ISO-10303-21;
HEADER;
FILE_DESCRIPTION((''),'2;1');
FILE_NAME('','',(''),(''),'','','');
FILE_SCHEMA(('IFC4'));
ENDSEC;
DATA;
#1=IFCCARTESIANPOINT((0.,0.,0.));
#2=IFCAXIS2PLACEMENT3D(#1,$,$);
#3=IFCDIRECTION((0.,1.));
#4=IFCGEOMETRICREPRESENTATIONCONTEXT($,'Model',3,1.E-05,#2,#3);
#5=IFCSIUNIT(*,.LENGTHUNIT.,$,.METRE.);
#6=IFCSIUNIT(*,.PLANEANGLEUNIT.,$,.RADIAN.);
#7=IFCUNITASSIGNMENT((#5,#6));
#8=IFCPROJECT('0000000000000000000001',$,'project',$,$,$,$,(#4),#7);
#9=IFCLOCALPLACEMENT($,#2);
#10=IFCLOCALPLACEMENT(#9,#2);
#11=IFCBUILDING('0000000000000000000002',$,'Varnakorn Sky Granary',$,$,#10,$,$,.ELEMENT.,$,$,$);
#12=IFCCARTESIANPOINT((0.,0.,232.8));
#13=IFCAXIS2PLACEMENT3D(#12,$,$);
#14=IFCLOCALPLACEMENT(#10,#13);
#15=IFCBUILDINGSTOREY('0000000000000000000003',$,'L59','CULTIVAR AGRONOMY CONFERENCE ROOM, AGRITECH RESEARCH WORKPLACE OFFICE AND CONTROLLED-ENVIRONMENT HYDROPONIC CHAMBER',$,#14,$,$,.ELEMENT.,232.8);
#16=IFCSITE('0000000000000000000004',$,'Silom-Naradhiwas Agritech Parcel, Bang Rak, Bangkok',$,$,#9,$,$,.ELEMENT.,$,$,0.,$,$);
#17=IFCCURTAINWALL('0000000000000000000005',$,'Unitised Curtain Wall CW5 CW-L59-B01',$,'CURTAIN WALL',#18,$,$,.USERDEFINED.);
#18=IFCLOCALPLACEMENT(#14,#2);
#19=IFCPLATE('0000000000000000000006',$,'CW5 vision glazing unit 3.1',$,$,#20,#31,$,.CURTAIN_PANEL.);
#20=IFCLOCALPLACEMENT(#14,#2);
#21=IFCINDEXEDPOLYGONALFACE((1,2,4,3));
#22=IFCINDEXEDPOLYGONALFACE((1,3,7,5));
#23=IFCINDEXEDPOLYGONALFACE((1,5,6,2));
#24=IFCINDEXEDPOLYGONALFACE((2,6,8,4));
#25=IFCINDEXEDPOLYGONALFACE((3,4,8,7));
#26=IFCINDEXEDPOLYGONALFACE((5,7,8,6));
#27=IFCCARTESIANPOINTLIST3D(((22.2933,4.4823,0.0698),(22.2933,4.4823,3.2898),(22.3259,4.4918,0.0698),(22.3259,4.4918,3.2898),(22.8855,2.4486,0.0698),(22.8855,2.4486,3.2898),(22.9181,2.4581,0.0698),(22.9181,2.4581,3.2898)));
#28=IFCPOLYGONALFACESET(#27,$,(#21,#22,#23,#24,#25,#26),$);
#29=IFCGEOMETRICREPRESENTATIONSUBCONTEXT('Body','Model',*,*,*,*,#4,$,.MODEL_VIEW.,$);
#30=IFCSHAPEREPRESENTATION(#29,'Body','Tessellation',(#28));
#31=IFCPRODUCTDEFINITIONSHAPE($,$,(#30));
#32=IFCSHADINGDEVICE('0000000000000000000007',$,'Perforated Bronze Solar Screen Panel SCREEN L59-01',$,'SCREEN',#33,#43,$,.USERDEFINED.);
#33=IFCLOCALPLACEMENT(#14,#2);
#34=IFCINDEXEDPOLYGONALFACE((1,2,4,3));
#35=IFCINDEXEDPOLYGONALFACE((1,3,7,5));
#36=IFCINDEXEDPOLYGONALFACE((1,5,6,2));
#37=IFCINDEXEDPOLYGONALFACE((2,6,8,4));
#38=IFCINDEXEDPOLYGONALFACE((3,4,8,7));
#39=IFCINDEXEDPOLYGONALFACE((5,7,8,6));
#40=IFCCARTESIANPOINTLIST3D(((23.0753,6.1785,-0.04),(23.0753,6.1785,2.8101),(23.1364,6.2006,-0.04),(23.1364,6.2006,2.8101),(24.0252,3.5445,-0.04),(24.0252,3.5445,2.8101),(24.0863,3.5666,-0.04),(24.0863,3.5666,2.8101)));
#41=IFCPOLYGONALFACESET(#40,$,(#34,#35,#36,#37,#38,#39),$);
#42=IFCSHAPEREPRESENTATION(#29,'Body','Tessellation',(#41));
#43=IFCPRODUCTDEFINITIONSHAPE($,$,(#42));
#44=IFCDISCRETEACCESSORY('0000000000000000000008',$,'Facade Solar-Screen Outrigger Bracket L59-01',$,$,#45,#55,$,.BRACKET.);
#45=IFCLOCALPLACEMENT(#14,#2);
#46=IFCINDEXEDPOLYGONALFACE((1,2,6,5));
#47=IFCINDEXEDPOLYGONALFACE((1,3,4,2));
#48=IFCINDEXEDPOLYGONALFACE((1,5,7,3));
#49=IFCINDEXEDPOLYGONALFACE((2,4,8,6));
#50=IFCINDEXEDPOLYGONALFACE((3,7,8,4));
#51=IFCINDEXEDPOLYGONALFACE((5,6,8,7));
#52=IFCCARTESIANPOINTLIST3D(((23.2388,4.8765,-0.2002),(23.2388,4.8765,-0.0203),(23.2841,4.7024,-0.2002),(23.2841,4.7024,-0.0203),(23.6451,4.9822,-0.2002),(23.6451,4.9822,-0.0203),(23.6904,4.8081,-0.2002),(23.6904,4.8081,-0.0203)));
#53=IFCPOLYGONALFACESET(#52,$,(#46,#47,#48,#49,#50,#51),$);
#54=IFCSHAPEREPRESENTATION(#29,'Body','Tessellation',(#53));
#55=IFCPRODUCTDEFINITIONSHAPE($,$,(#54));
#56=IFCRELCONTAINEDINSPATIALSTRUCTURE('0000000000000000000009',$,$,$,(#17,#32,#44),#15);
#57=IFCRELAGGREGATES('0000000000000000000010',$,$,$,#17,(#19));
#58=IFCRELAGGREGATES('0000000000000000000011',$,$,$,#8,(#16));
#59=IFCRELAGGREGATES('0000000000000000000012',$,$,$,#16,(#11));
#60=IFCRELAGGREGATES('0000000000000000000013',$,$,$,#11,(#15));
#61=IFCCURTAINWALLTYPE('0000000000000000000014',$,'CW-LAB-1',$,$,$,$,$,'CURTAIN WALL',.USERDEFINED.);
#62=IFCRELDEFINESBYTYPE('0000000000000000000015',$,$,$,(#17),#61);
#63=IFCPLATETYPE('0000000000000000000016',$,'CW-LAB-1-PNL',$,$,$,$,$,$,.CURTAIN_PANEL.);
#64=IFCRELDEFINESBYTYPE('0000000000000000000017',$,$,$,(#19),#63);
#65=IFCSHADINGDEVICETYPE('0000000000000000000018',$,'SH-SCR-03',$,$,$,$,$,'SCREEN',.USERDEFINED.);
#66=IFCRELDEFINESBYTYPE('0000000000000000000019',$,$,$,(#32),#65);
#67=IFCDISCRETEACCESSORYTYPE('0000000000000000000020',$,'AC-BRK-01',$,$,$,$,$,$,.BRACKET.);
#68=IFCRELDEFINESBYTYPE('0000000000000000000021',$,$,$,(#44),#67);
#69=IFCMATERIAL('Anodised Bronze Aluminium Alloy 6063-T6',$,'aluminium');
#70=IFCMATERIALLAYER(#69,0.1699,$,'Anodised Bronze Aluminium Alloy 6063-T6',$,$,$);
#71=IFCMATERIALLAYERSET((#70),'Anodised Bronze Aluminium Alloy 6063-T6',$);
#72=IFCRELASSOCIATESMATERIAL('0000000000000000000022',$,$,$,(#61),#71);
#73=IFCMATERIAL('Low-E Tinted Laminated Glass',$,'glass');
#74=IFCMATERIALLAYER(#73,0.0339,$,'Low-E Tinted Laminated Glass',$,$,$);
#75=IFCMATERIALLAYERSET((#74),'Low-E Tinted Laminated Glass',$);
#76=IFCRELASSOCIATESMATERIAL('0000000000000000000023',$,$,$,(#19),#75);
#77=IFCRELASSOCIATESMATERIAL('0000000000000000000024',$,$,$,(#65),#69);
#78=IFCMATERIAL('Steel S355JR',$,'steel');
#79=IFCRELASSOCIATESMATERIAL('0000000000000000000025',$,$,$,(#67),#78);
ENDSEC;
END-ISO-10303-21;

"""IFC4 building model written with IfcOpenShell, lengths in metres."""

from ifc_helpers import new_model, si_unit, direction, frame, origin, origin_2d, place, context, subcontext, project, spatial, rectangle, extrude, source, transform, mapped, material, layer, layer_set, type_object, type_shapes, element, aggregate, save


model = new_model("IFC4")

# Units and contexts
model_context = context("Model", 3, precision=1e-05, world=origin(), true_north=direction((0.0, 1.0)))
body_context = subcontext(model_context, "Body", "Model", "MODEL_VIEW")
ifc_project = project(units=[si_unit("LENGTHUNIT", "METRE"), si_unit("PLANEANGLEUNIT", "RADIAN")], contexts=[model_context])

# Site, building, storey
site_placement = place(None, origin())
site = spatial("IfcSite", under=ifc_project, at=site_placement, Name="Silom-Naradhiwas Agritech Parcel, Bang Rak, Bangkok", CompositionType="ELEMENT", RefElevation=0.0)
building_placement = place(site_placement, origin())
building = spatial("IfcBuilding", under=site, at=building_placement, Name="Varnakorn Sky Granary", CompositionType="ELEMENT")
storey_placement = place(building_placement, frame((0.0, 0.0, 232.8)))
storey = spatial("IfcBuildingStorey", under=building, at=storey_placement, Name="L59", Description="CULTIVAR AGRONOMY CONFERENCE ROOM, AGRITECH RESEARCH WORKPLACE OFFICE AND CONTROLLED-ENVIRONMENT HYDROPONIC CHAMBER", CompositionType="ELEMENT", Elevation=232.8)

# Curtain wall
ifc_material_1 = material(Name="Anodised Bronze Aluminium Alloy 6063-T6", Category="aluminium")
ifc_layer_1 = layer(ifc_material_1, 0.1699, Name="Anodised Bronze Aluminium Alloy 6063-T6")
ifc_layer_set_1 = layer_set([ifc_layer_1], Name="Anodised Bronze Aluminium Alloy 6063-T6")
curtain_wall_type = type_object("IfcCurtainWallType", Name="CW-LAB-1", ElementType="CURTAIN WALL", PredefinedType="USERDEFINED", material=ifc_layer_set_1)
curtain_wall_placement = place(storey_placement, origin())
curtain_wall = element("IfcCurtainWall", 1, at=curtain_wall_placement, inside=storey, type_object=curtain_wall_type, Name="Unitised Curtain Wall CW5 CW-L59-B01", ObjectType="CURTAIN WALL", PredefinedType="USERDEFINED")

# Plate
plate_type = type_object("IfcPlateType", Name="CW-LAB-1-PNL", PredefinedType="CURTAIN_PANEL")
ifc_material_2 = material(Name="Low-E Tinted Laminated Glass", Category="glass")
ifc_layer_2 = layer(ifc_material_2, 0.0339, Name="Low-E Tinted Laminated Glass")
ifc_layer_set_2 = layer_set([ifc_layer_2], Name="Low-E Tinted Laminated Glass")
shared_shape_1 = source(origin(), body_context, "Body", "SweptSolid", [
    extrude(rectangle(XDim=2.1182, YDim=0.0339, at=origin_2d()), origin(), (0.0, 0.0, 1.0), 3.22),
])
plate_1_placement = place(storey_placement, frame((22.6057, 3.4702, 0.0698), z_axis=(0.0, 0.0, 1.0), x_axis=(0.279559, -0.960129, 0.0)))
plate_1 = element("IfcPlate", 2, at=plate_1_placement, type_object=plate_type, material=ifc_layer_set_2, Name="CW5 vision glazing unit 3.1", PredefinedType="CURTAIN_PANEL", context=body_context, shape_type="MappedRepresentation", body=[
    mapped(shared_shape_1, transform((0.0, 0.0, 0.0), x_axis=(1.0, 0.0, 0.0), y_axis=(0.0, 1.0, 0.0), z_axis=(0.0, 0.0, 1.0), scale=1.0)),
])
aggregate(curtain_wall, [plate_1])

# Shading device
shading_device_type = type_object("IfcShadingDeviceType", Name="SH-SCR-03", ElementType="SCREEN", PredefinedType="USERDEFINED", material=ifc_material_1)
shared_shape_2 = source(origin(), body_context, "Body", "SweptSolid", [
    extrude(rectangle(XDim=2.8, YDim=0.0649, at=origin_2d()), origin(), (0.0, 0.0, 1.0), 2.8501),
])
type_shapes(shading_device_type, [shared_shape_2])
shading_device_placement = place(storey_placement, frame((23.5808, 4.8726, -0.04), z_axis=(0.0, 0.0, 1.0), x_axis=(-0.33926, 0.940693, 0.0)))
element("IfcShadingDevice", 3, at=shading_device_placement, inside=storey, type_object=shading_device_type, Name="Perforated Bronze Solar Screen Panel SCREEN L59-01", ObjectType="SCREEN", PredefinedType="USERDEFINED", context=body_context, shape_type="MappedRepresentation", body=[
    mapped(shared_shape_2, transform((0.0, 0.0, 0.0), x_axis=(1.0, 0.0, 0.0), y_axis=(0.0, 1.0, 0.0), z_axis=(0.0, 0.0, 1.0), scale=1.0)),
])

# Discrete accessory
ifc_material_3 = material(Name="Steel S355JR", Category="steel")
discrete_accessory_type = type_object("IfcDiscreteAccessoryType", Name="AC-BRK-01", PredefinedType="BRACKET", material=ifc_material_3)
shared_shape_3 = source(origin(), body_context, "Body", "SweptSolid", [
    extrude(rectangle(XDim=0.1799, YDim=0.4199, at=origin_2d()), origin(), (0.0, 0.0, 1.0), 0.1799),
])
type_shapes(discrete_accessory_type, [shared_shape_3])
discrete_accessory_placement = place(storey_placement, frame((23.4646, 4.8423, -0.2002), z_axis=(0.0, 0.0, 1.0), x_axis=(-0.251762, 0.967789, 0.0)))
element("IfcDiscreteAccessory", 4, at=discrete_accessory_placement, inside=storey, type_object=discrete_accessory_type, Name="Facade Solar-Screen Outrigger Bracket L59-01", PredefinedType="BRACKET", context=body_context, shape_type="MappedRepresentation", body=[
    mapped(shared_shape_3, transform((0.0, 0.0, 0.0), x_axis=(1.0, 0.0, 0.0), y_axis=(0.0, 1.0, 0.0), z_axis=(0.0, 0.0, 1.0), scale=1.0)),
])

save(model, "model.ifc")
